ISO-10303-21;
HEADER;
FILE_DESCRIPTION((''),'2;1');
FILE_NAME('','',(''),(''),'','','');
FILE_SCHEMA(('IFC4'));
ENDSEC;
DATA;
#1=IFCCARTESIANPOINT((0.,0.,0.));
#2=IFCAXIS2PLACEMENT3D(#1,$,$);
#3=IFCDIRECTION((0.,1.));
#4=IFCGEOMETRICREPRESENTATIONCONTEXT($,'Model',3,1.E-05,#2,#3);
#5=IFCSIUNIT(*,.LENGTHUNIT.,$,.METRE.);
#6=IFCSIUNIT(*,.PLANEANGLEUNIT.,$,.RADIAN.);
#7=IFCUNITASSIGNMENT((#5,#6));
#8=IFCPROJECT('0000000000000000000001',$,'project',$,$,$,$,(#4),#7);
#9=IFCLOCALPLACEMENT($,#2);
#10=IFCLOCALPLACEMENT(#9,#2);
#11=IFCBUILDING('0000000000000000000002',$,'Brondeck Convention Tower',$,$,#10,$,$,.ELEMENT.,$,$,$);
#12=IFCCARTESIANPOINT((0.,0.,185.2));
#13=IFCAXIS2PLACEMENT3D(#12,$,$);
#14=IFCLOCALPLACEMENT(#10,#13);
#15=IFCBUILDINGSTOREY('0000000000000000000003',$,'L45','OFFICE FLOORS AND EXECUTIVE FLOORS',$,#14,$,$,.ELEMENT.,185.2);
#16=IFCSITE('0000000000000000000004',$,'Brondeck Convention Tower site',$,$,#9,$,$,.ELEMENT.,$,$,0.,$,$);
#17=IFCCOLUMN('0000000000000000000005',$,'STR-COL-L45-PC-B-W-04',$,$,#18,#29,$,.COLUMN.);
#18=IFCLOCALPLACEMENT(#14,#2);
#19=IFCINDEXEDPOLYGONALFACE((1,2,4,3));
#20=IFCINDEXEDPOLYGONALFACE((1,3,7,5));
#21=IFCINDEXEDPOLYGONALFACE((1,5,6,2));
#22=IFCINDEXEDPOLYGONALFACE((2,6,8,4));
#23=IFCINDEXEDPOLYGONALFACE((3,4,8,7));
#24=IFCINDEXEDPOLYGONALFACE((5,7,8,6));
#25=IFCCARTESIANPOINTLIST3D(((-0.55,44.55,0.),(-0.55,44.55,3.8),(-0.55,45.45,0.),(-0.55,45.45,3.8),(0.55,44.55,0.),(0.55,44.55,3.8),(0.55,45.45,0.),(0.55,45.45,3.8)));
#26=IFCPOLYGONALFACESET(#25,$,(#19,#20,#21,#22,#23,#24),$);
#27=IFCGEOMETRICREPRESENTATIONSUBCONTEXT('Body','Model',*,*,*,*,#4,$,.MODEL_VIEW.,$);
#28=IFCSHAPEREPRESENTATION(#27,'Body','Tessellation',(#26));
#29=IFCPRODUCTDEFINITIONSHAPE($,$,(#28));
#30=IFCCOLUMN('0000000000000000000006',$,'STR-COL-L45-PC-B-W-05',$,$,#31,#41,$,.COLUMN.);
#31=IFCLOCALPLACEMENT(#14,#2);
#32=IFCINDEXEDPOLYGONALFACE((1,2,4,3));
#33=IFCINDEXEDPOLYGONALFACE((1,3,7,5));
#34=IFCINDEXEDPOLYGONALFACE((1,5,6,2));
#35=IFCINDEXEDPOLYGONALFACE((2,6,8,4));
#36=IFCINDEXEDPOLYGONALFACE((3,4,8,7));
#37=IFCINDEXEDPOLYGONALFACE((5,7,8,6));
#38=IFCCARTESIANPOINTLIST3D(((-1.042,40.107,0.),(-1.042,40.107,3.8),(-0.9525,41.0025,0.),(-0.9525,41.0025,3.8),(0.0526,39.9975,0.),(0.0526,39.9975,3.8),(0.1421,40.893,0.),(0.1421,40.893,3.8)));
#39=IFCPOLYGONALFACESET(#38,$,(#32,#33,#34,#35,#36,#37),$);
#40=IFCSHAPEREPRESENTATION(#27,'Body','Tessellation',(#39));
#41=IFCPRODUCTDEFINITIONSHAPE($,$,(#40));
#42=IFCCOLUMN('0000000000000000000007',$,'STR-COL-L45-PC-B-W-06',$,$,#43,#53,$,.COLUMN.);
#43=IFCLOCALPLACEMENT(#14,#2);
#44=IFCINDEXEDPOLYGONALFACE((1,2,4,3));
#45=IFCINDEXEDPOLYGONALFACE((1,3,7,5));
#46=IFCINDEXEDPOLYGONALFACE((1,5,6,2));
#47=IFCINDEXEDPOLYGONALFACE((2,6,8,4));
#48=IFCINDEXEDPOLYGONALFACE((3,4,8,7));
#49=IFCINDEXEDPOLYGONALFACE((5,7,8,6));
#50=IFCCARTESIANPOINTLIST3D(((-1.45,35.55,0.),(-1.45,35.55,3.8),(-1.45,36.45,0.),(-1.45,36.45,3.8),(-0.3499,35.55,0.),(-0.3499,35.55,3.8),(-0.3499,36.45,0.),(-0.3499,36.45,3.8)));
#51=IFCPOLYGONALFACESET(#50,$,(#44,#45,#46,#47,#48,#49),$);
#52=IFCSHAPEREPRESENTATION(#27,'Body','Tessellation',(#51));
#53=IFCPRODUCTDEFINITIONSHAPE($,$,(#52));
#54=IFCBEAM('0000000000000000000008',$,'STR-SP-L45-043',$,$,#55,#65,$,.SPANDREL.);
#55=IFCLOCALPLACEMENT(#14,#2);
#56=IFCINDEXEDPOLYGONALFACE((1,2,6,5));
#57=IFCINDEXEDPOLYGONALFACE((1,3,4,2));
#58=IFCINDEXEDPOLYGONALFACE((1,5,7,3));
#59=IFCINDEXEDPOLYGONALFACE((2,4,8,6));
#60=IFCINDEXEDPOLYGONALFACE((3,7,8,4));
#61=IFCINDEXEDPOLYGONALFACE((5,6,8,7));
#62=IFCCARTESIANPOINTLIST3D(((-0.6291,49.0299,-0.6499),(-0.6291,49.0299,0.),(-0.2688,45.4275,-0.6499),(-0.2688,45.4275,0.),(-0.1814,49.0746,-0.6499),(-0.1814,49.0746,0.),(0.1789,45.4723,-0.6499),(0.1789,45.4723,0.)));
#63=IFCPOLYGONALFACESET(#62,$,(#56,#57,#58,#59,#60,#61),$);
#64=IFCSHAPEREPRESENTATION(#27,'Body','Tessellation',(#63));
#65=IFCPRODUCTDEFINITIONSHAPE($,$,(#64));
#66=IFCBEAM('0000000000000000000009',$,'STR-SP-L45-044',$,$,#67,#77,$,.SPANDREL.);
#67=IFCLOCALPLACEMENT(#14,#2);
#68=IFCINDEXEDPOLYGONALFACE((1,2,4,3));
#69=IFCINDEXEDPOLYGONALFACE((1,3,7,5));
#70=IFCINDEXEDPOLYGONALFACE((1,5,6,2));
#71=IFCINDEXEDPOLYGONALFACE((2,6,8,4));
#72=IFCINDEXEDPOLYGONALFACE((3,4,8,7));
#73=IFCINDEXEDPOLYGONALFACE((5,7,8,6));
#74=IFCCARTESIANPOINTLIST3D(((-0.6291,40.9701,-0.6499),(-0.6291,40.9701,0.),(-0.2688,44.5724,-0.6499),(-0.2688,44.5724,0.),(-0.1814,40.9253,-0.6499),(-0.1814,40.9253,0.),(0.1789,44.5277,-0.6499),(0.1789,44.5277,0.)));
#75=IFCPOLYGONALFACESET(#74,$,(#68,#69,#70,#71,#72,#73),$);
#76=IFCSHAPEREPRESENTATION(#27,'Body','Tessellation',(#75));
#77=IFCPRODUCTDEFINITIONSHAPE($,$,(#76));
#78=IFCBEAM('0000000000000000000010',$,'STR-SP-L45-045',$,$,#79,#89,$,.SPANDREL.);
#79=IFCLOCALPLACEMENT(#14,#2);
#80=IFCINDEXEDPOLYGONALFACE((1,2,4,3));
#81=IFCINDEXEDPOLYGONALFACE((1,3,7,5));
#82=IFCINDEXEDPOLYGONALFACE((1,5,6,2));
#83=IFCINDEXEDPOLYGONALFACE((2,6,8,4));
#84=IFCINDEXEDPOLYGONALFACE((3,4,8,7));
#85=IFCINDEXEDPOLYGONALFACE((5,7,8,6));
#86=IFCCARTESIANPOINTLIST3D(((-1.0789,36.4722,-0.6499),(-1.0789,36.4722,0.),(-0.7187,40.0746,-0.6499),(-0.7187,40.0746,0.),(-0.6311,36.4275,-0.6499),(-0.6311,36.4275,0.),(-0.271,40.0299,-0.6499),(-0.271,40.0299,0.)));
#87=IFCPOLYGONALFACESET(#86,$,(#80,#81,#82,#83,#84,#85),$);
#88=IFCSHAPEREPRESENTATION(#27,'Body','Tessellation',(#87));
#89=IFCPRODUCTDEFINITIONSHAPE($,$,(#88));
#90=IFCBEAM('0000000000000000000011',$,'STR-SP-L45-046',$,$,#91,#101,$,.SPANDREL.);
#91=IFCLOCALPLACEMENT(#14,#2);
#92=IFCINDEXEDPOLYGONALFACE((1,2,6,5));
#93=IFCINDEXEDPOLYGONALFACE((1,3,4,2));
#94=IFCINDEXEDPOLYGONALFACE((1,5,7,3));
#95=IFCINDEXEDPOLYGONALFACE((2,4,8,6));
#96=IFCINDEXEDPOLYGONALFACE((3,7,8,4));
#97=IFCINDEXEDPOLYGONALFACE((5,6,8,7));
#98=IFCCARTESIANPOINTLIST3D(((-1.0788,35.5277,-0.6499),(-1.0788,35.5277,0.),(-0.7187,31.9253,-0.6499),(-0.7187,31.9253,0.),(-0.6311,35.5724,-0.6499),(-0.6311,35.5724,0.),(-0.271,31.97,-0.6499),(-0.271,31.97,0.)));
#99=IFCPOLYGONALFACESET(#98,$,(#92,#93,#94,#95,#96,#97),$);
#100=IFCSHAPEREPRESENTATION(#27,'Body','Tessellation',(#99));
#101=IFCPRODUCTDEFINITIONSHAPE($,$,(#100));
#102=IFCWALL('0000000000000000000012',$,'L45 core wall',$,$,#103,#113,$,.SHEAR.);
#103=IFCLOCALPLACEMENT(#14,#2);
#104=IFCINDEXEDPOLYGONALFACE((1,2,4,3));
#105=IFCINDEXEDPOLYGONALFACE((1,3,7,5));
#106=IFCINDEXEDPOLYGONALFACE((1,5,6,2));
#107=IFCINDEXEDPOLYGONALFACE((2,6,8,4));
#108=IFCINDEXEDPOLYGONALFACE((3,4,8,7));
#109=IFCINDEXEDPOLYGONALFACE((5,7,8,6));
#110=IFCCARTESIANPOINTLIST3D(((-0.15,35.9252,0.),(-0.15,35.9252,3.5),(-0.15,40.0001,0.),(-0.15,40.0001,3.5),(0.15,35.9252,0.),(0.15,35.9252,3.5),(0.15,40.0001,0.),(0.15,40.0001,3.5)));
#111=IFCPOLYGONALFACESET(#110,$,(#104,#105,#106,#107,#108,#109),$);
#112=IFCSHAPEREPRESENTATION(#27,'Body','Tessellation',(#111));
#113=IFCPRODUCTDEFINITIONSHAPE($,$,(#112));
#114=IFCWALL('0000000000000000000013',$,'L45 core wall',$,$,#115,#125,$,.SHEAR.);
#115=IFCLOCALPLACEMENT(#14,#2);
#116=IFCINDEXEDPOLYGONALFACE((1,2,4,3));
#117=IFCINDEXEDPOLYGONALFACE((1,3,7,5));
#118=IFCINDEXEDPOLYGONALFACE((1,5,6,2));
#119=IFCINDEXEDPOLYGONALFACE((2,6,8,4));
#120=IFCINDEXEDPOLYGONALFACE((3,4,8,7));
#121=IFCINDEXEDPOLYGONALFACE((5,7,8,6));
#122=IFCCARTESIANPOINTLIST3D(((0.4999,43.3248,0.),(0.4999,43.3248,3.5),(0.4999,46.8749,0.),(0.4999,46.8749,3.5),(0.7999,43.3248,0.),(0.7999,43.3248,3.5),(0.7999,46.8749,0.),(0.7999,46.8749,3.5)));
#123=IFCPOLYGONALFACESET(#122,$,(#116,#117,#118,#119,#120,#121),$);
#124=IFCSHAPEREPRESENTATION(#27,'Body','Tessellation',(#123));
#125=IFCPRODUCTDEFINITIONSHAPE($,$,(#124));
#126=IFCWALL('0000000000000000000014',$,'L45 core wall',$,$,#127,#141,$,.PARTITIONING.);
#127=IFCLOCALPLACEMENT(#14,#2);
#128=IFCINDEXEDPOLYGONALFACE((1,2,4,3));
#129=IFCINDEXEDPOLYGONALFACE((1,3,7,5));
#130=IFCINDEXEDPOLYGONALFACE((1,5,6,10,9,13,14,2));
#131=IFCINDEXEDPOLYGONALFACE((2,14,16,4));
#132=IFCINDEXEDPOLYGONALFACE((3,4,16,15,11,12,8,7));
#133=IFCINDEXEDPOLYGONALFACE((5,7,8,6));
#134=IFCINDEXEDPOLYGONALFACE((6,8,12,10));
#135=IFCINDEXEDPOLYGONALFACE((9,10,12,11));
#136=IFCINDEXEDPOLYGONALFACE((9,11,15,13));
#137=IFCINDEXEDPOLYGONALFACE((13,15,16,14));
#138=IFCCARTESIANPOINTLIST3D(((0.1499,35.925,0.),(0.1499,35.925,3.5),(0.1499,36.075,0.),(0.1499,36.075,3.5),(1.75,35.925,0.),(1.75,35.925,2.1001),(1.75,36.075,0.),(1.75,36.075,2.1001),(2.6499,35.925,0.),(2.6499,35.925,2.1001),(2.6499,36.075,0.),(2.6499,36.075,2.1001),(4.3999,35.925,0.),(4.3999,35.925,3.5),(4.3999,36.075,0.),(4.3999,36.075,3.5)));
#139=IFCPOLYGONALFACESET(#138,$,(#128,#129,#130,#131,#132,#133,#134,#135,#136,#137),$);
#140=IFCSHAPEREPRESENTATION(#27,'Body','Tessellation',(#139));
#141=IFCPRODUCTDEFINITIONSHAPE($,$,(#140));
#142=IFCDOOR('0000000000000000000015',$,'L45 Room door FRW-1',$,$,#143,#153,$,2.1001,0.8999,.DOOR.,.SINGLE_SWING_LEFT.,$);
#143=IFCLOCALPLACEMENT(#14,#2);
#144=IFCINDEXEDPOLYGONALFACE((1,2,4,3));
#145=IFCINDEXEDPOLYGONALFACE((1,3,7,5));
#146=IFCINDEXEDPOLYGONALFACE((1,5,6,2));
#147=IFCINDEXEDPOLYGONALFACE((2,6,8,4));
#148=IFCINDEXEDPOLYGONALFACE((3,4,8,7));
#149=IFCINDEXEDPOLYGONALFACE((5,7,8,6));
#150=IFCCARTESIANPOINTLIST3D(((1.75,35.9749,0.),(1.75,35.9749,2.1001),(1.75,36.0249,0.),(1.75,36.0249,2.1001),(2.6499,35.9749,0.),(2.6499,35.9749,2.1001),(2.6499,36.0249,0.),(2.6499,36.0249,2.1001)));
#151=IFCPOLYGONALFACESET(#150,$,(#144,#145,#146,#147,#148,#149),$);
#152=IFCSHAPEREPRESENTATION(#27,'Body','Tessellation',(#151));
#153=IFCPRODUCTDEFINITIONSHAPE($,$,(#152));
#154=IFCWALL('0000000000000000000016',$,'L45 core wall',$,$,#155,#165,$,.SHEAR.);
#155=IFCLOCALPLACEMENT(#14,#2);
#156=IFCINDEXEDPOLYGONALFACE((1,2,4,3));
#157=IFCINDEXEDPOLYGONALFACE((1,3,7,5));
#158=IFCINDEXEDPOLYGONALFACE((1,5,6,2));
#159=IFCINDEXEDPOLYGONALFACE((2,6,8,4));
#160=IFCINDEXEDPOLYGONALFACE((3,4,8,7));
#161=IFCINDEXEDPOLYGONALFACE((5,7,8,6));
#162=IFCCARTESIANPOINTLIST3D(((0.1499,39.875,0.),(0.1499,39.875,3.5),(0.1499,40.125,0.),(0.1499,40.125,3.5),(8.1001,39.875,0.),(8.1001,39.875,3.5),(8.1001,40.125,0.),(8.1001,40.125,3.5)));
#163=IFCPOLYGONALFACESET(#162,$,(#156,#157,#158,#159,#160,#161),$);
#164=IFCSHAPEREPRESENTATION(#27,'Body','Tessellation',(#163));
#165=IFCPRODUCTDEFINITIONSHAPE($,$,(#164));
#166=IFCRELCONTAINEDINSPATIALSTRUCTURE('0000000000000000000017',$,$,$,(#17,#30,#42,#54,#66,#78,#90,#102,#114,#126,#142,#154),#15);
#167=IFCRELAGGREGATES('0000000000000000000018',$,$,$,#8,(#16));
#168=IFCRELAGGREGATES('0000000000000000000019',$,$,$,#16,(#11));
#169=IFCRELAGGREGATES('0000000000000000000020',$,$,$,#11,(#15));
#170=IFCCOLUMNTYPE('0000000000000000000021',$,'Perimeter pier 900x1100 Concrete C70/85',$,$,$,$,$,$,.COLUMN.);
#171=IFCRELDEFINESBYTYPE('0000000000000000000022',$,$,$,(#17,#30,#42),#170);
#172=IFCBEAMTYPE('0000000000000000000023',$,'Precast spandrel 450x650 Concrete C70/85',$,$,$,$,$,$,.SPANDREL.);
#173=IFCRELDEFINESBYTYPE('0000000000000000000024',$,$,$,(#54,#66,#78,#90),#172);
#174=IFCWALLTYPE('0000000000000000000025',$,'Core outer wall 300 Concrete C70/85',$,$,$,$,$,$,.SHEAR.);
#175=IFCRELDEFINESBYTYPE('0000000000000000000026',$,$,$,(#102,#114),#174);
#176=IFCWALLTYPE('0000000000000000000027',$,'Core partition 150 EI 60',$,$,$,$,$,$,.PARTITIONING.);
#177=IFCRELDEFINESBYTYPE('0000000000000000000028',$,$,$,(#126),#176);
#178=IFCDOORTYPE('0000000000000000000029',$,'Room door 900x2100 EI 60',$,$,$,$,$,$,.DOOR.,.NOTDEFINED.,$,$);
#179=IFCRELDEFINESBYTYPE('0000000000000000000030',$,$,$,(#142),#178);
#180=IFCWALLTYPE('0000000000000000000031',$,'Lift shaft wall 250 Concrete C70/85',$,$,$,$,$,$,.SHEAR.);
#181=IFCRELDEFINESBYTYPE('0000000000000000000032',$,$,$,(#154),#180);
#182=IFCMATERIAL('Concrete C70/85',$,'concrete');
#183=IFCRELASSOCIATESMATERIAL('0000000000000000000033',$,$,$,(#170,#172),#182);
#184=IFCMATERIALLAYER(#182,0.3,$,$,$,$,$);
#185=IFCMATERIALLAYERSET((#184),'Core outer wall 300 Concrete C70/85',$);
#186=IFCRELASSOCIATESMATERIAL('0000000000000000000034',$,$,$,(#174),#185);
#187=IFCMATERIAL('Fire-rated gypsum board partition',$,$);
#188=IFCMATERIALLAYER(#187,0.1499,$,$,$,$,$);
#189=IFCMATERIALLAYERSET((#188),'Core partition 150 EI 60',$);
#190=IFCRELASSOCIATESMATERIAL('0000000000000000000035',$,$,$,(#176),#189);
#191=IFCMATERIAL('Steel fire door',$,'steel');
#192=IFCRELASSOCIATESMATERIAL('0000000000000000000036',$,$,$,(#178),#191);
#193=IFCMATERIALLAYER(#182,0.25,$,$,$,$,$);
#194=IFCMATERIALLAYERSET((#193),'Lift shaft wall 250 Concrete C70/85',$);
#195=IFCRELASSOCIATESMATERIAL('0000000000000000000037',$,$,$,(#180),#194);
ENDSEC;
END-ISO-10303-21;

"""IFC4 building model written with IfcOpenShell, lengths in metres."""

from ifc_helpers import new_model, si_unit, direction, frame, frame_2d, origin, origin_2d, place, context, subcontext, project, spatial, rectangle, extrude, material, layer, layer_set, material_profile, profile_set, type_object, element, fill, save


model = new_model("IFC4")

# Units and contexts
model_context = context("Model", 3, precision=1e-05, world=origin(), true_north=direction((0.0, 1.0)))
body_context = subcontext(model_context, "Body", "Model", "MODEL_VIEW")
ifc_project = project(units=[si_unit("LENGTHUNIT", "METRE"), si_unit("PLANEANGLEUNIT", "RADIAN")], contexts=[model_context])

# Site, building, storey
site_placement = place(None, origin())
site = spatial("IfcSite", under=ifc_project, at=site_placement, Name="Brondeck Convention Tower site", CompositionType="ELEMENT", RefElevation=0.0)
building_placement = place(site_placement, origin())
building = spatial("IfcBuilding", under=site, at=building_placement, Name="Brondeck Convention Tower", CompositionType="ELEMENT")
storey_placement = place(building_placement, frame((0.0, 0.0, 185.2)))
storey = spatial("IfcBuildingStorey", under=building, at=storey_placement, Name="L45", Description="OFFICE FLOORS AND EXECUTIVE FLOORS", CompositionType="ELEMENT", Elevation=185.2)

# Columns
ifc_material_1 = material(Name="Concrete C70/85", Category="concrete")
ifc_material_profile_1 = material_profile(ifc_material_1, rectangle(XDim=0.8999, YDim=1.1001, at=origin_2d()), Name="Perimeter pier 900x1100 Concrete C70/85")
ifc_profile_set_1 = profile_set([ifc_material_profile_1], Name="Concrete C70/85")
column_type = type_object("IfcColumnType", Name="Perimeter pier 900x1100 Concrete C70/85", PredefinedType="COLUMN", material=ifc_profile_set_1)
for number, where, z_axis, x_axis, name in (
    (1, (0.0, 45.0, 0.0), (0.0, 0.0, 1.0), (0.0, -1.0, 0.0), "STR-COL-L45-PC-B-W-04"),
    (2, (-0.45, 40.5, 0.0), (0.0, 0.0, 1.0), (-0.099504, -0.995037, 0.0), "STR-COL-L45-PC-B-W-05"),
    (3, (-0.8999, 36.0, 0.0), (0.0, 0.0, 1.0), (0.0, -1.0, 0.0), "STR-COL-L45-PC-B-W-06"),
):
    element("IfcColumn", number, at=place(storey_placement, frame(where, z_axis=z_axis, x_axis=x_axis)), inside=storey, type_object=column_type, Name=name, PredefinedType="COLUMN", context=body_context, shape_type="SweptSolid", body=[
        extrude(rectangle(XDim=0.8999, YDim=1.1001, at=origin_2d()), origin(), (0.0, 0.0, 1.0), 3.8),
    ])

# Beams
ifc_material_profile_2 = material_profile(ifc_material_1, rectangle(XDim=0.45, YDim=0.6499, at=origin_2d()), Name="Precast spandrel 450x650 Concrete C70/85")
ifc_profile_set_2 = profile_set([ifc_material_profile_2], Name="Concrete C70/85")
beam_type = type_object("IfcBeamType", Name="Precast spandrel 450x650 Concrete C70/85", PredefinedType="SPANDREL", material=ifc_profile_set_2)
for number, where, z_axis, x_axis, name in (
    (4, (-0.4053, 49.0522, -0.325), (0.099537, -0.995034, 0.0), (0.995034, 0.099537, 0.0), "STR-SP-L45-043"),
    (5, (-0.0449, 44.55, -0.325), (-0.099537, -0.995034, 0.0), (0.995034, -0.099537, 0.0), "STR-SP-L45-044"),
    (6, (-0.4949, 40.0522, -0.325), (-0.09947, -0.995041, 0.0), (0.995041, -0.09947, 0.0), "STR-SP-L45-045"),
    (7, (-0.855, 35.55, -0.325), (0.09947, -0.995041, 0.0), (0.995041, 0.09947, 0.0), "STR-SP-L45-046"),
):
    element("IfcBeam", number, at=place(storey_placement, frame(where, z_axis=z_axis, x_axis=x_axis)), inside=storey, type_object=beam_type, Name=name, PredefinedType="SPANDREL", context=body_context, shape_type="SweptSolid", body=[
        extrude(rectangle(XDim=0.45, YDim=0.6499, at=origin_2d()), origin(), (0.0, 0.0, 1.0), 3.6204),
    ])

# Walls
ifc_layer_1 = layer(ifc_material_1, 0.3)
ifc_layer_set_1 = layer_set([ifc_layer_1], Name="Core outer wall 300 Concrete C70/85")
wall_type_1 = type_object("IfcWallType", Name="Core outer wall 300 Concrete C70/85", PredefinedType="SHEAR", material=ifc_layer_set_1)
wall_1_placement = place(storey_placement, frame((0.0, 35.925, 0.0), z_axis=(0.0, 0.0, 1.0), x_axis=(0.0, 1.0, 0.0)))
element("IfcWall", 8, at=wall_1_placement, inside=storey, type_object=wall_type_1, Name="L45 core wall", PredefinedType="SHEAR", context=body_context, shape_type="SweptSolid", body=[
    extrude(rectangle(XDim=4.075, YDim=0.3, at=frame_2d((2.0376, 0.0))), origin(), (0.0, 0.0, 1.0), 3.5),
])
wall_2_placement = place(storey_placement, frame((0.6499, 43.325, 0.0), z_axis=(0.0, 0.0, 1.0), x_axis=(0.0, 1.0, 0.0)))
element("IfcWall", 9, at=wall_2_placement, inside=storey, type_object=wall_type_1, Name="L45 core wall", PredefinedType="SHEAR", context=body_context, shape_type="SweptSolid", body=[
    extrude(rectangle(XDim=3.55, YDim=0.3, at=frame_2d((1.7749, 0.0))), origin(), (0.0, 0.0, 1.0), 3.5),
])

# Wall, opening, door
ifc_material_2 = material(Name="Fire-rated gypsum board partition")
ifc_layer_2 = layer(ifc_material_2, 0.1499)
ifc_layer_set_2 = layer_set([ifc_layer_2], Name="Core partition 150 EI 60")
wall_type_2 = type_object("IfcWallType", Name="Core partition 150 EI 60", PredefinedType="PARTITIONING", material=ifc_layer_set_2)
wall_3_placement = place(storey_placement, frame((0.1499, 36.0, 0.0), z_axis=(0.0, 0.0, 1.0), x_axis=(1.0, 0.0, 0.0)))
wall_3 = element("IfcWall", 10, at=wall_3_placement, inside=storey, type_object=wall_type_2, Name="L45 core wall", PredefinedType="PARTITIONING", context=body_context, shape_type="SweptSolid", body=[
    extrude(rectangle(XDim=4.25, YDim=0.1499, at=frame_2d((2.125, 0.0))), origin(), (0.0, 0.0, 1.0), 3.5),
])
opening_1_placement = place(wall_3_placement, frame((1.6001, 0.0, 0.0)))
opening_1 = element("IfcOpeningElement", 11, at=opening_1_placement, cuts=wall_3, PredefinedType="OPENING", context=body_context, shape_type="SweptSolid", body=[
    extrude(rectangle(XDim=0.8999, YDim=2.1001, at=frame_2d((0.45, 1.05))), frame((0.0, 0.085, 0.0), z_axis=(0.0, -1.0, 0.0), x_axis=(1.0, 0.0, 0.0)), (0.0, 0.0, 1.0), 0.1699),
])
ifc_material_3 = material(Name="Steel fire door", Category="steel")
door_type_1 = type_object("IfcDoorType", Name="Room door 900x2100 EI 60", OperationType="NOTDEFINED", PredefinedType="DOOR", material=ifc_material_3)
door_1_placement = place(opening_1_placement, origin())
door_1 = element("IfcDoor", 12, at=door_1_placement, inside=storey, type_object=door_type_1, Name="L45 Room door FRW-1", OperationType="SINGLE_SWING_LEFT", OverallHeight=2.1001, OverallWidth=0.8999, PredefinedType="DOOR", context=body_context, shape_type="SweptSolid", body=[
    extrude(rectangle(XDim=0.8999, YDim=2.1001, at=frame_2d((0.45, 1.05))), frame((0.0, 0.0249, 0.0), z_axis=(0.0, -1.0, 0.0), x_axis=(1.0, 0.0, 0.0)), (0.0, 0.0, 1.0), 0.05),
])
fill(opening_1, door_1)

# Wall
ifc_layer_3 = layer(ifc_material_1, 0.25)
ifc_layer_set_3 = layer_set([ifc_layer_3], Name="Lift shaft wall 250 Concrete C70/85")
wall_type_3 = type_object("IfcWallType", Name="Lift shaft wall 250 Concrete C70/85", PredefinedType="SHEAR", material=ifc_layer_set_3)
wall_4_placement = place(storey_placement, frame((0.1499, 40.0, 0.0), z_axis=(0.0, 0.0, 1.0), x_axis=(1.0, 0.0, 0.0)))
element("IfcWall", 13, at=wall_4_placement, inside=storey, type_object=wall_type_3, Name="L45 core wall", PredefinedType="SHEAR", context=body_context, shape_type="SweptSolid", body=[
    extrude(rectangle(XDim=7.9502, YDim=0.25, at=frame_2d((3.9751, 0.0))), origin(), (0.0, 0.0, 1.0), 3.5),
])

save(model, "model.ifc")
